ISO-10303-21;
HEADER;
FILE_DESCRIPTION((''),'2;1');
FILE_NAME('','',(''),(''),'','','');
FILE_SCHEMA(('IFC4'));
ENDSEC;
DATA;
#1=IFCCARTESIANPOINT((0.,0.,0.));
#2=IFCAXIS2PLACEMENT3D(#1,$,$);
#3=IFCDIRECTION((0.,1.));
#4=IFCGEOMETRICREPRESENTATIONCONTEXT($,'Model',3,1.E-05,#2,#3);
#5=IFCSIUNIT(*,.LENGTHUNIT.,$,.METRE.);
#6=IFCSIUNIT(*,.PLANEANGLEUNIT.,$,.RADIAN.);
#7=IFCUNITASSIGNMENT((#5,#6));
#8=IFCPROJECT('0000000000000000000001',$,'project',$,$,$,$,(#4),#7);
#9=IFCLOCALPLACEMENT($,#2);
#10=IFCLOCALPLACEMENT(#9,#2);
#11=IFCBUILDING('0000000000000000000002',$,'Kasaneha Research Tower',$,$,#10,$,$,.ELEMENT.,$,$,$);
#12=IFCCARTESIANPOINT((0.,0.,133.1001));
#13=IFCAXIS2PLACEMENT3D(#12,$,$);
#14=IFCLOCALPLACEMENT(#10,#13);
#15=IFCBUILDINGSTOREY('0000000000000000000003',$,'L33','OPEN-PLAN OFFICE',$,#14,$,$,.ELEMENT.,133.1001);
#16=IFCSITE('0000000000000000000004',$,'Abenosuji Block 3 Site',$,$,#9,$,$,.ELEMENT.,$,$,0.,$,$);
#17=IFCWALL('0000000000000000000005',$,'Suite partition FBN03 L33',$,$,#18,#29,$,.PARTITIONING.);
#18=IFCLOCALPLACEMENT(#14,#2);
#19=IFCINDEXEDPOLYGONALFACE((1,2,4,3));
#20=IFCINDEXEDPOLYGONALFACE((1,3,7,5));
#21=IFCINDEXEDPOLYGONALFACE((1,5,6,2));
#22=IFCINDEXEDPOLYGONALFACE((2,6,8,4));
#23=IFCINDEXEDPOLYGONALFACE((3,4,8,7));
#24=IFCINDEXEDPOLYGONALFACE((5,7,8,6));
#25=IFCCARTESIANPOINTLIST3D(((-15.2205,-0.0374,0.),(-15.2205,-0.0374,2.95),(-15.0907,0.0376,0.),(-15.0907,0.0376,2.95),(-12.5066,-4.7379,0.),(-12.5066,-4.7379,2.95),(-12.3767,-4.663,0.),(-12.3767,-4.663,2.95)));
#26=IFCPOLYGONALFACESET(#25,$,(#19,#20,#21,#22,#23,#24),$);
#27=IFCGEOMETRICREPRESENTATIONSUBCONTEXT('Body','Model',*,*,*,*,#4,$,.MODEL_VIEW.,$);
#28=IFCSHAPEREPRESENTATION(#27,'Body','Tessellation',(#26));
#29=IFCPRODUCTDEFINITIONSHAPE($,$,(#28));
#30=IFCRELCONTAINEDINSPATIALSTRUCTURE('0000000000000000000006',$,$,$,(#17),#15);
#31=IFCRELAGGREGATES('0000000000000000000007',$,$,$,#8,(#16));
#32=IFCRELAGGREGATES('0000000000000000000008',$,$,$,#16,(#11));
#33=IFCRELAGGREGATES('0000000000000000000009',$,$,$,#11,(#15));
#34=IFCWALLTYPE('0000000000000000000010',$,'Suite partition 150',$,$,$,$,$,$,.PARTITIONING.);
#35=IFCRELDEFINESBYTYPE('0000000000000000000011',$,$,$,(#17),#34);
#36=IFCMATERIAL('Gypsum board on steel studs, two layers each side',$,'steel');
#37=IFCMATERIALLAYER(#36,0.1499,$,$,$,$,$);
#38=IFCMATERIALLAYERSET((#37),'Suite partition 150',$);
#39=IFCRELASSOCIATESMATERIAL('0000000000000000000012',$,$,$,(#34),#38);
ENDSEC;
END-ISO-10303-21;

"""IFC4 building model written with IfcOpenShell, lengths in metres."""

from ifc_helpers import new_model, si_unit, direction, frame, frame_2d, origin, place, context, subcontext, project, spatial, rectangle, extrude, material, layer, layer_set, type_object, element, save


model = new_model("IFC4")

# Units and contexts
model_context = context("Model", 3, precision=1e-05, world=origin(), true_north=direction((0.0, 1.0)))
body_context = subcontext(model_context, "Body", "Model", "MODEL_VIEW")
ifc_project = project(units=[si_unit("LENGTHUNIT", "METRE"), si_unit("PLANEANGLEUNIT", "RADIAN")], contexts=[model_context])

# Site, building, storey
site_placement = place(None, origin())
site = spatial("IfcSite", under=ifc_project, at=site_placement, Name="Abenosuji Block 3 Site", CompositionType="ELEMENT", RefElevation=0.0)
building_placement = place(site_placement, origin())
building = spatial("IfcBuilding", under=site, at=building_placement, Name="Kasaneha Research Tower", CompositionType="ELEMENT")
storey_placement = place(building_placement, frame((0.0, 0.0, 133.1001)))
storey = spatial("IfcBuildingStorey", under=building, at=storey_placement, Name="L33", Description="OPEN-PLAN OFFICE", CompositionType="ELEMENT", Elevation=133.1001)

# Wall
ifc_material_1 = material(Name="Gypsum board on steel studs, two layers each side", Category="steel")
ifc_layer_1 = layer(ifc_material_1, 0.1499)
ifc_layer_set_1 = layer_set([ifc_layer_1], Name="Suite partition 150")
wall_type_1 = type_object("IfcWallType", Name="Suite partition 150", PredefinedType="PARTITIONING", material=ifc_layer_set_1)
wall_1_placement = place(storey_placement, frame((-12.4417, -4.7004, 0.0), z_axis=(0.0, 0.0, 1.0), x_axis=(-0.500009, 0.86602, 0.0)))
element("IfcWall", 1, at=wall_1_placement, inside=storey, type_object=wall_type_1, Name="Suite partition FBN03 L33", PredefinedType="PARTITIONING", context=body_context, shape_type="SweptSolid", body=[
    extrude(rectangle(XDim=5.4277, YDim=0.1499, at=frame_2d((2.7139, 0.0))), origin(), (0.0, 0.0, 1.0), 2.95),
])

save(model, "model.ifc")
